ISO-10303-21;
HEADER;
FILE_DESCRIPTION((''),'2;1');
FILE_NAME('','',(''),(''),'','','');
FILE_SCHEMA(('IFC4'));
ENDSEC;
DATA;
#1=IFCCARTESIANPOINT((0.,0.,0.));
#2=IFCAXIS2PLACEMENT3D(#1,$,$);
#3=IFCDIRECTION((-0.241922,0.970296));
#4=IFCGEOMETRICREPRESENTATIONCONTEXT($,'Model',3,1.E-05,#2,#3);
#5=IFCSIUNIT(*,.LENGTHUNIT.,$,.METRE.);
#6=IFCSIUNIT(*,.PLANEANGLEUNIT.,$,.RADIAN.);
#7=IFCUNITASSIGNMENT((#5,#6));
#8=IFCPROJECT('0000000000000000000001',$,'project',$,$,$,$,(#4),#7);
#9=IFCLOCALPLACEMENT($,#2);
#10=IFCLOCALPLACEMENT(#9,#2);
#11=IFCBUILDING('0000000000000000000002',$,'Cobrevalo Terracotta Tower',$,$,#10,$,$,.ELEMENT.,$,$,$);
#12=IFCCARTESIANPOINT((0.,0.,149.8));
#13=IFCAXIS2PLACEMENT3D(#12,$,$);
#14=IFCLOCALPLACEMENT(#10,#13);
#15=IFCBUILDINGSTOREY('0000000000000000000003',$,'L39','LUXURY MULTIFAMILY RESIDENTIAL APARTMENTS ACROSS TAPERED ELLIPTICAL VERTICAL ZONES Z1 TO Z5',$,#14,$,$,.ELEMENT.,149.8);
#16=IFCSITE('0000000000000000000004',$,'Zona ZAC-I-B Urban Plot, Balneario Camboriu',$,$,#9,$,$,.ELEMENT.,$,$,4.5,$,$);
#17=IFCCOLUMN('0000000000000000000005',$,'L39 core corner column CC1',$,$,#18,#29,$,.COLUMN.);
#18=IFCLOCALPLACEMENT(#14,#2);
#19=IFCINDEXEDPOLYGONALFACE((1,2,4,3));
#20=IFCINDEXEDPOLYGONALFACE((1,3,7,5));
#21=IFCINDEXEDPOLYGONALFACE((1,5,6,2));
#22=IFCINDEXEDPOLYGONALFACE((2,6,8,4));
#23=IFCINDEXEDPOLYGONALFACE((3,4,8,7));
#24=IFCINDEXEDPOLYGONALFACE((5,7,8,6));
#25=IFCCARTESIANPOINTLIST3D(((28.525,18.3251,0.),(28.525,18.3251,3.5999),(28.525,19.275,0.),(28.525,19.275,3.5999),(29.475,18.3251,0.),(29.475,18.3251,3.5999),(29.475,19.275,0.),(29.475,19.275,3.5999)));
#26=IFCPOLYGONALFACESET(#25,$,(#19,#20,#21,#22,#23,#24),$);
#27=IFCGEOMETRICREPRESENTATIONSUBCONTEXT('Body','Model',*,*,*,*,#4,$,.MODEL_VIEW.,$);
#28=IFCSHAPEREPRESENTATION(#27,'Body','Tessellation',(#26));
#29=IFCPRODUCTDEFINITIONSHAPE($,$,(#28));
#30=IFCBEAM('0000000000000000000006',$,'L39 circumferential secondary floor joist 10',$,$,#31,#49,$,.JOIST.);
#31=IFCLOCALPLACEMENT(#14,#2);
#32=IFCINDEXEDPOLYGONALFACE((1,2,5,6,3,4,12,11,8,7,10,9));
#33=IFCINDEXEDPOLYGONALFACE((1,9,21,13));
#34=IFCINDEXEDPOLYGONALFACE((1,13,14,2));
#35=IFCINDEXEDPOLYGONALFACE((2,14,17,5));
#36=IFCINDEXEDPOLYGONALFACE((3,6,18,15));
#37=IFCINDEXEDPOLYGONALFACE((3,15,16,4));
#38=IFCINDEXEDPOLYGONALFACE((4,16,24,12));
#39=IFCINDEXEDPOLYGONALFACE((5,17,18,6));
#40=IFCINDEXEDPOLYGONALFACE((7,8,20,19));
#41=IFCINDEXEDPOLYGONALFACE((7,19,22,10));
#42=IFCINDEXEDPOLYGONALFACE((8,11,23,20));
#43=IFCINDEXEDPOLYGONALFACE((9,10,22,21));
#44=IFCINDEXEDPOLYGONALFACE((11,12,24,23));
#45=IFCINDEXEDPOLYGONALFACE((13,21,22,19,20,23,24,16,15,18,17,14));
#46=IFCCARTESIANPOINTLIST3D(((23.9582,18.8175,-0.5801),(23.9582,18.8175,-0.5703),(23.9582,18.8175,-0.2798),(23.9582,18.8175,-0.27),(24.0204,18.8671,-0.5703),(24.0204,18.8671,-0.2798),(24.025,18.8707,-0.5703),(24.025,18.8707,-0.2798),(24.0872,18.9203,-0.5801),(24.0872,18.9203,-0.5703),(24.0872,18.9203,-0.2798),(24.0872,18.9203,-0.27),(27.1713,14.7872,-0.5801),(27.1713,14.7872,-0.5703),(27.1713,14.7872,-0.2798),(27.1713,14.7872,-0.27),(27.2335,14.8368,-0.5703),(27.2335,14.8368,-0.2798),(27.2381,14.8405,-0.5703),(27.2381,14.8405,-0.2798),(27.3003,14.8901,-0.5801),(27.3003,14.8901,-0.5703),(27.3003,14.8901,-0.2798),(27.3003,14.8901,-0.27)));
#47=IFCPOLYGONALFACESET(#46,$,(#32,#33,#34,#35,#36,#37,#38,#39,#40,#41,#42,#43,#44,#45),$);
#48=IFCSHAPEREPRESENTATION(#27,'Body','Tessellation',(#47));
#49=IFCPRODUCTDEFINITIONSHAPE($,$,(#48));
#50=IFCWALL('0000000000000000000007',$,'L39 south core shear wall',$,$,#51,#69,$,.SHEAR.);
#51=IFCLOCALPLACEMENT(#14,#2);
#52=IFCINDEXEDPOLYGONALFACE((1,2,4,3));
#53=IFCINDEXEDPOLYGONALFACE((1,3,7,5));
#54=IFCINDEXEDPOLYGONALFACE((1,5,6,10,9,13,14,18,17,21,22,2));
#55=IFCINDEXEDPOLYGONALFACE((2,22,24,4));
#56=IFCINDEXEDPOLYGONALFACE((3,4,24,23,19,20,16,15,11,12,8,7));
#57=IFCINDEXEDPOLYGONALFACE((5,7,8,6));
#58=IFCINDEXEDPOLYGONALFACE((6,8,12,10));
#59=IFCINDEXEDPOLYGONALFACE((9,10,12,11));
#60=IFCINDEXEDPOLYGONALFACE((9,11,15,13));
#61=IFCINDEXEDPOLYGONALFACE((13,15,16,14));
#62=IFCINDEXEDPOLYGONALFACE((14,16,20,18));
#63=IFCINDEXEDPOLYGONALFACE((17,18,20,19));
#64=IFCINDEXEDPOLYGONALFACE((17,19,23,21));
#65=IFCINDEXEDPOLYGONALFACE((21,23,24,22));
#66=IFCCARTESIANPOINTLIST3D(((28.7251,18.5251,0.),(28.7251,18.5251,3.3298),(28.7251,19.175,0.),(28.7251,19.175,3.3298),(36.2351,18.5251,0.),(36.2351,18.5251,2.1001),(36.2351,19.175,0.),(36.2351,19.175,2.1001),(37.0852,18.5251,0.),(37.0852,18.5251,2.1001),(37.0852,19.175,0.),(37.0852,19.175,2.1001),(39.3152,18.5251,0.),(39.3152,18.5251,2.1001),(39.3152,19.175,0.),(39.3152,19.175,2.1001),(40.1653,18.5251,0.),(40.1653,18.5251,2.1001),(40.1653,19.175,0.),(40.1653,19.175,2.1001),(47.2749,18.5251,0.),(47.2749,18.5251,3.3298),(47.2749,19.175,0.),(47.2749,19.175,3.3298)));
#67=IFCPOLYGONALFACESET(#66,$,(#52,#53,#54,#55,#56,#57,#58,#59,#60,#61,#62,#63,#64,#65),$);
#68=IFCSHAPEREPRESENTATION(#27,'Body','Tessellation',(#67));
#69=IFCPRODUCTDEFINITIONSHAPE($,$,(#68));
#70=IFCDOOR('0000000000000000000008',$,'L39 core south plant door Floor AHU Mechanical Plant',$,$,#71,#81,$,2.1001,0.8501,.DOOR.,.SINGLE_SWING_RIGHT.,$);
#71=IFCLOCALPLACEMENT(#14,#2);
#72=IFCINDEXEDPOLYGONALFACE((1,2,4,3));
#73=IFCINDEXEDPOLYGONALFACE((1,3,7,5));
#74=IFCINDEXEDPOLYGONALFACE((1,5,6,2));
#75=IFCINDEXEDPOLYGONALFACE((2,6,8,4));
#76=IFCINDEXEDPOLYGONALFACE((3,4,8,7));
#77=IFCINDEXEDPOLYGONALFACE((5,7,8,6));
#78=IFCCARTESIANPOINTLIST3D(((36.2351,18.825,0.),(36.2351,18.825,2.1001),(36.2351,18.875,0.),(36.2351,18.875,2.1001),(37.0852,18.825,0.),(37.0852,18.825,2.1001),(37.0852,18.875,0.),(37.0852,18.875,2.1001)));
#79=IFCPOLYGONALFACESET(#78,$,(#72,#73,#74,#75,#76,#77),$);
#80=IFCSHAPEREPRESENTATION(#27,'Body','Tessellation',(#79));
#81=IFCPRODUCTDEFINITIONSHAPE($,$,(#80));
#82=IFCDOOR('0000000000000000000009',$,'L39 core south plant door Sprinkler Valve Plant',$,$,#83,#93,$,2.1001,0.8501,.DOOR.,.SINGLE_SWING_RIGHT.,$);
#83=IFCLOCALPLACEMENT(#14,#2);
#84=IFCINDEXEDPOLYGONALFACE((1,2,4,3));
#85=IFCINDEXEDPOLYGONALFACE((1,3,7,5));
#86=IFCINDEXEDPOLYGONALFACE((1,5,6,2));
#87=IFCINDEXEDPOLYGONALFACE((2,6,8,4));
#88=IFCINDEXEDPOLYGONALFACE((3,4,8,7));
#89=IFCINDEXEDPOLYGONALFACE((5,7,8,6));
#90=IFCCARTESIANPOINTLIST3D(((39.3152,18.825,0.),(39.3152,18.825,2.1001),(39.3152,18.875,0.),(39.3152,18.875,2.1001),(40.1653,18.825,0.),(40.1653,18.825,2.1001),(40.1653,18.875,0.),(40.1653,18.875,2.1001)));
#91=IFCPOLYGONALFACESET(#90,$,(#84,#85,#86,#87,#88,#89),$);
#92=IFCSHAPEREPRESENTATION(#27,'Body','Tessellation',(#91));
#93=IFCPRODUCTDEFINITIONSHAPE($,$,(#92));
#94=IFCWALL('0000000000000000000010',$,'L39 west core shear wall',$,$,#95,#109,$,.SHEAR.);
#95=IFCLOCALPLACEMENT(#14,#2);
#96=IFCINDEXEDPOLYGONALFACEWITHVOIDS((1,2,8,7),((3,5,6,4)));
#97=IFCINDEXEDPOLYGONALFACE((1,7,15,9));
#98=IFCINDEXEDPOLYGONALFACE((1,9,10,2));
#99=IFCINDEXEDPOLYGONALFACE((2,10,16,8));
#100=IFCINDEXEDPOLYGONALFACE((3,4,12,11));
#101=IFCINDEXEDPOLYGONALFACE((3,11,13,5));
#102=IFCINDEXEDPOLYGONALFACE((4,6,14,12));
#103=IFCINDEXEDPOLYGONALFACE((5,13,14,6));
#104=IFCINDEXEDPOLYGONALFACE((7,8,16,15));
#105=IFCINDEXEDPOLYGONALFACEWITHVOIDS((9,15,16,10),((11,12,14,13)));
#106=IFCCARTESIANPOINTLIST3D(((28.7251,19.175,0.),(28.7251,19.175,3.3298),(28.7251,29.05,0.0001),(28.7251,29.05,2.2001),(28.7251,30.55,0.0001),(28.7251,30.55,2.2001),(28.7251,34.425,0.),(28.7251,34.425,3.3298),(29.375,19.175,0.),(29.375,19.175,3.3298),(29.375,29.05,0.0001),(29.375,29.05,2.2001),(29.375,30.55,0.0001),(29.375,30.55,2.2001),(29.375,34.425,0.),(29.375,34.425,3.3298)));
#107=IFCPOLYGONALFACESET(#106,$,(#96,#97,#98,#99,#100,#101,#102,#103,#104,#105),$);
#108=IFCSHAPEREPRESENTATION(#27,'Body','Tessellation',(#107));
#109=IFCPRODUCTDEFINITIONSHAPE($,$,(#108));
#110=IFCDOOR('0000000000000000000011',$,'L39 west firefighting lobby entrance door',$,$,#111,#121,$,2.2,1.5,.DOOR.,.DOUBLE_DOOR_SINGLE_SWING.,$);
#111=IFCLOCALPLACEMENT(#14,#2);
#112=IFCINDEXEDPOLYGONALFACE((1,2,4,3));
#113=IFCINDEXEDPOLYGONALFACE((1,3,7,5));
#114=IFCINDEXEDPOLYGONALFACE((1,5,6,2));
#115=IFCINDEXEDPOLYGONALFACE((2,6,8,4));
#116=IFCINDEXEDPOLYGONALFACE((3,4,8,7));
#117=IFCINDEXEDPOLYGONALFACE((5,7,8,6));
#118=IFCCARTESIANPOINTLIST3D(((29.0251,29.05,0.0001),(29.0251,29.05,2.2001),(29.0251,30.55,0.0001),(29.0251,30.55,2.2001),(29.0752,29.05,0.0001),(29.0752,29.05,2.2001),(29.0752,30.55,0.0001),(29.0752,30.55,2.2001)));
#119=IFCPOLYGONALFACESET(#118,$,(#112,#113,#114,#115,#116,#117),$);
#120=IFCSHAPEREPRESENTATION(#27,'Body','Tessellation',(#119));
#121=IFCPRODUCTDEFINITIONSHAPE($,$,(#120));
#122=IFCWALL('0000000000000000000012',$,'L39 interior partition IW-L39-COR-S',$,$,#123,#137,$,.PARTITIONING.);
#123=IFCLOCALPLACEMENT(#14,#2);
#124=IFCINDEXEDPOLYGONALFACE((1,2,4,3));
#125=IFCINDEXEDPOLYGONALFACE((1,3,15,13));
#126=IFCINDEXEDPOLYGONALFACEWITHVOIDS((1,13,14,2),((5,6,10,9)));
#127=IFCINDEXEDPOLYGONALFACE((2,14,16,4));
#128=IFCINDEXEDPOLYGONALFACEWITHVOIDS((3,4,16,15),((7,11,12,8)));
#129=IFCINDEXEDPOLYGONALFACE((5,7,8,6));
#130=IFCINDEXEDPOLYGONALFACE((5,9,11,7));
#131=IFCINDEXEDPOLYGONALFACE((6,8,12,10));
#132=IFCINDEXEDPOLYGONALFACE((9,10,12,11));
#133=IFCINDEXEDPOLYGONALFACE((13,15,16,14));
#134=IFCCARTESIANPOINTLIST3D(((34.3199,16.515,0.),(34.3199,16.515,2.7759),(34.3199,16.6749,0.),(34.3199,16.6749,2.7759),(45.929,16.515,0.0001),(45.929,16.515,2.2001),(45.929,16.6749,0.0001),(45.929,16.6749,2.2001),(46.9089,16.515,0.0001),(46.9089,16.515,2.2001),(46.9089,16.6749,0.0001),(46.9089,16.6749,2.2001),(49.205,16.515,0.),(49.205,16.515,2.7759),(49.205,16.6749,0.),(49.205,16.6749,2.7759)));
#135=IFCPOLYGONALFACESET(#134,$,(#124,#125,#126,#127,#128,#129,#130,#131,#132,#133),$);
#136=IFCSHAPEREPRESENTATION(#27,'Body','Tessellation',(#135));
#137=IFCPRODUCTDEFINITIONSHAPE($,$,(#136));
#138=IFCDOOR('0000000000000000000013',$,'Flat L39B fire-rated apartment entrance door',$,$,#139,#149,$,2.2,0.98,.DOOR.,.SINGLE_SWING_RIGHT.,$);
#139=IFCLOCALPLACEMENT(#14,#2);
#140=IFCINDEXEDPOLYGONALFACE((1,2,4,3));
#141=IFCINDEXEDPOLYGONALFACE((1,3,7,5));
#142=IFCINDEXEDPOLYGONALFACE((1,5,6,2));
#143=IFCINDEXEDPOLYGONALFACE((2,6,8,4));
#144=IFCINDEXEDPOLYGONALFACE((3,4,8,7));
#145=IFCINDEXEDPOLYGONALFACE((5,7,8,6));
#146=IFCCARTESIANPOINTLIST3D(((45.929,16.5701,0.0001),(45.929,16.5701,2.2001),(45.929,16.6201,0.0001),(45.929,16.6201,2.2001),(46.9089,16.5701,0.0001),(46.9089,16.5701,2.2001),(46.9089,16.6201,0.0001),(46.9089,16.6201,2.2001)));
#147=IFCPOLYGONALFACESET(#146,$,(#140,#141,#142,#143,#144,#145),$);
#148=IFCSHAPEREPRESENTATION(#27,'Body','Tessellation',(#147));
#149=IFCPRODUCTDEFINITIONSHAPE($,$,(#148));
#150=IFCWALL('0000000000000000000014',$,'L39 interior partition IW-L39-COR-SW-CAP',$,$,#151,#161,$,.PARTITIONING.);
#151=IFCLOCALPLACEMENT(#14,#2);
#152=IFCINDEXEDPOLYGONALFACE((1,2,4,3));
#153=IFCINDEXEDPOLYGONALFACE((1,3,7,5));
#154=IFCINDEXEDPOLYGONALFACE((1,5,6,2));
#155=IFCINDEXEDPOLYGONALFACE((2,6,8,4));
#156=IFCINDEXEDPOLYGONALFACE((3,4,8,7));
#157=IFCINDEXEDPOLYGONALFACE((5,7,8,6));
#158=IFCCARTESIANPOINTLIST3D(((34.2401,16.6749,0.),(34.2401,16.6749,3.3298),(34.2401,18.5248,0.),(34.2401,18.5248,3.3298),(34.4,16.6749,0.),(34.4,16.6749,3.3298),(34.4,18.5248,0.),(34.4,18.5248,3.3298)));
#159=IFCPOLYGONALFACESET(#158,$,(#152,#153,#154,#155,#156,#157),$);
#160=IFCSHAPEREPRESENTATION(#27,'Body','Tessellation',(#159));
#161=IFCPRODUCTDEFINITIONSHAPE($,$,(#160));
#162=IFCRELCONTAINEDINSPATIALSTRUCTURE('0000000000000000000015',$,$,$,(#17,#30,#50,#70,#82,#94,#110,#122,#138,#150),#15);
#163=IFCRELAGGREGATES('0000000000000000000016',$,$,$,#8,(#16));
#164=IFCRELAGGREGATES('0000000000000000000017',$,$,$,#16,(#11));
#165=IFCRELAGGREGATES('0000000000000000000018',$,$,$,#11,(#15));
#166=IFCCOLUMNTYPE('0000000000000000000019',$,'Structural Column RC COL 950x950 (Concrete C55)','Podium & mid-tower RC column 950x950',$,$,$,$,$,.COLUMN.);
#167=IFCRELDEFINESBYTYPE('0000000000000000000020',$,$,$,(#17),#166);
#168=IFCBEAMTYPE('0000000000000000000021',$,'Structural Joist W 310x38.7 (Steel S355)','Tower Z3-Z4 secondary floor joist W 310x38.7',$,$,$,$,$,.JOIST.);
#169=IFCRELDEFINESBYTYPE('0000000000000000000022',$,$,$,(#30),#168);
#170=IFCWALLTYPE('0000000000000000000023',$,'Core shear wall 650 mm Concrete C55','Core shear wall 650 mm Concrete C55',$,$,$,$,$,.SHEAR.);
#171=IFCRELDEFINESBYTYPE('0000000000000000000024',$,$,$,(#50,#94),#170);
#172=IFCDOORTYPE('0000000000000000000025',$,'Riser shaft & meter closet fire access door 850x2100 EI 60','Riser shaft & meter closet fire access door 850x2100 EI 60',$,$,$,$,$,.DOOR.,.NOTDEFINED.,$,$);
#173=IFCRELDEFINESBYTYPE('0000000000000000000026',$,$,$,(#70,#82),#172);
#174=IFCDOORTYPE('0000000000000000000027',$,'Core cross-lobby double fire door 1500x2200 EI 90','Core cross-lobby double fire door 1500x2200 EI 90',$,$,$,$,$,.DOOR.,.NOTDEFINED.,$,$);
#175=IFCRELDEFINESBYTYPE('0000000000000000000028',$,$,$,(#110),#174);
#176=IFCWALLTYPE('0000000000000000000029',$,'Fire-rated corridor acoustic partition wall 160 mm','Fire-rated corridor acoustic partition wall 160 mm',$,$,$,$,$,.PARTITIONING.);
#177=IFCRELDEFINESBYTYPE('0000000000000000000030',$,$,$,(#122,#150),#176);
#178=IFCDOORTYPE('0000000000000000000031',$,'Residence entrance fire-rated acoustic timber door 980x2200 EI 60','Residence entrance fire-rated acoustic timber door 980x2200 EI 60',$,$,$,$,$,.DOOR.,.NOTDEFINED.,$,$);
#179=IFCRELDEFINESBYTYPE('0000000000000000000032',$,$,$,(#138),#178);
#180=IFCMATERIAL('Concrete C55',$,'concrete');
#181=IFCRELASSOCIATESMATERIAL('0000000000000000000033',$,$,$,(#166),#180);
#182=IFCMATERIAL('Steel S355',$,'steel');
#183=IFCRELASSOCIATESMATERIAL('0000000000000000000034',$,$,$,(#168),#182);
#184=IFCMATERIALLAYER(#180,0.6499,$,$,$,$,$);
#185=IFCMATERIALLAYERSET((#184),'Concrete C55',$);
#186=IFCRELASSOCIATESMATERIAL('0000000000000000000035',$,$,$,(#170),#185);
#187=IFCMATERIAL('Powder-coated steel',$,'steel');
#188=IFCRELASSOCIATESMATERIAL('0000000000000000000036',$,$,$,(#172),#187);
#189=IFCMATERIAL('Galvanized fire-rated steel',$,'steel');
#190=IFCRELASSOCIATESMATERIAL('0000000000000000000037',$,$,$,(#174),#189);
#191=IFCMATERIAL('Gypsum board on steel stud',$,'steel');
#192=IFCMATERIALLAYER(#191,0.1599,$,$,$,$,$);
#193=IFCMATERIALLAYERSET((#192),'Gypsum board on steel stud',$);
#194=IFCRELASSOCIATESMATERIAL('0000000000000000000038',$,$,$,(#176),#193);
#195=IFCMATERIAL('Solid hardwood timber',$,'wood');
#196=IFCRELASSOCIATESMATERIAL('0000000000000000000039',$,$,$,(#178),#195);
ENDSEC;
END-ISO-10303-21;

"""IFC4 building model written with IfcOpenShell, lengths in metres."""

from ifc_helpers import new_model, si_unit, direction, frame, frame_2d, origin, origin_2d, place, context, subcontext, project, spatial, rectangle, i_section, extrude, source, transform, mapped, material, layer, layer_set, material_profile, profile_set, type_object, element, fill, save


model = new_model("IFC4")

# Units and contexts
model_context = context("Model", 3, precision=1e-05, world=origin(), true_north=direction((-0.241922, 0.970296)))
body_context = subcontext(model_context, "Body", "Model", "MODEL_VIEW")
ifc_project = project(units=[si_unit("LENGTHUNIT", "METRE"), si_unit("PLANEANGLEUNIT", "RADIAN")], contexts=[model_context])

# Site, building, storey
site_placement = place(None, origin())
site = spatial("IfcSite", under=ifc_project, at=site_placement, Name="Zona ZAC-I-B Urban Plot, Balneario Camboriu", CompositionType="ELEMENT", RefElevation=4.5)
building_placement = place(site_placement, origin())
building = spatial("IfcBuilding", under=site, at=building_placement, Name="Cobrevalo Terracotta Tower", CompositionType="ELEMENT")
storey_placement = place(building_placement, frame((0.0, 0.0, 149.8)))
storey = spatial("IfcBuildingStorey", under=building, at=storey_placement, Name="L39", Description="LUXURY MULTIFAMILY RESIDENTIAL APARTMENTS ACROSS TAPERED ELLIPTICAL VERTICAL ZONES Z1 TO Z5", CompositionType="ELEMENT", Elevation=149.8)

# Column
ifc_material_1 = material(Name="Concrete C55", Category="concrete")
ifc_material_profile_1 = material_profile(ifc_material_1, rectangle(XDim=0.95, YDim=0.95, at=origin_2d()), Name="RC COL 950x950")
ifc_profile_set_1 = profile_set([ifc_material_profile_1], Name="Concrete C55")
column_type = type_object("IfcColumnType", Name="Structural Column RC COL 950x950 (Concrete C55)", Description="Podium & mid-tower RC column 950x950", PredefinedType="COLUMN", material=ifc_profile_set_1)
column_placement = place(storey_placement, frame((29.0, 18.8, 0.0), z_axis=(0.0, 0.0, 1.0), x_axis=(1.0, 0.0, 0.0)))
element("IfcColumn", 1, at=column_placement, inside=storey, type_object=column_type, Name="L39 core corner column CC1", PredefinedType="COLUMN", context=body_context, shape_type="SweptSolid", body=[
    extrude(rectangle(XDim=0.95, YDim=0.95, at=origin_2d()), origin(), (0.0, 0.0, 1.0), 3.5999),
])

# Beam
ifc_material_2 = material(Name="Steel S355", Category="steel")
ifc_material_profile_2 = material_profile(ifc_material_2, i_section(OverallWidth=0.165, OverallDepth=0.3101, WebThickness=0.0059, FlangeThickness=0.0098, at=origin_2d()), Name="W 310x38.7")
ifc_profile_set_2 = profile_set([ifc_material_profile_2], Name="Steel S355")
beam_type = type_object("IfcBeamType", Name="Structural Joist W 310x38.7 (Steel S355)", Description="Tower Z3-Z4 secondary floor joist W 310x38.7", PredefinedType="JOIST", material=ifc_profile_set_2)
beam_placement = place(storey_placement, frame((24.0227, 18.8689, -0.425), z_axis=(0.623383, -0.781917, 0.0), x_axis=(0.781917, 0.623383, 0.0)))
element("IfcBeam", 2, at=beam_placement, inside=storey, type_object=beam_type, Name="L39 circumferential secondary floor joist 10", PredefinedType="JOIST", context=body_context, shape_type="SweptSolid", body=[
    extrude(i_section(OverallWidth=0.165, OverallDepth=0.3101, WebThickness=0.0059, FlangeThickness=0.0098, at=origin_2d()), origin(), (0.0, 0.0, 1.0), 5.1543),
])

# Wall, openings, doors
ifc_layer_1 = layer(ifc_material_1, 0.6499)
ifc_layer_set_1 = layer_set([ifc_layer_1], Name="Concrete C55")
wall_type_1 = type_object("IfcWallType", Name="Core shear wall 650 mm Concrete C55", Description="Core shear wall 650 mm Concrete C55", PredefinedType="SHEAR", material=ifc_layer_set_1)
wall_1_placement = place(storey_placement, frame((28.7251, 18.8501, 0.0), z_axis=(0.0, 0.0, 1.0), x_axis=(1.0, 0.0, 0.0)))
wall_1 = element("IfcWall", 3, at=wall_1_placement, inside=storey, type_object=wall_type_1, Name="L39 south core shear wall", PredefinedType="SHEAR", context=body_context, shape_type="SweptSolid", body=[
    extrude(rectangle(XDim=18.5498, YDim=0.6499, at=frame_2d((9.2749, 0.0))), origin(), (0.0, 0.0, 1.0), 3.3298),
])
opening_1_placement = place(wall_1_placement, frame((7.51, 0.0, 0.0)))
opening_1 = element("IfcOpeningElement", 4, at=opening_1_placement, cuts=wall_1, PredefinedType="OPENING", context=body_context, shape_type="SweptSolid", body=[
    extrude(rectangle(XDim=0.8501, YDim=2.1001, at=frame_2d((0.425, 1.05))), frame((0.0, 0.335, 0.0), z_axis=(0.0, -1.0, 0.0), x_axis=(1.0, 0.0, 0.0)), (0.0, 0.0, 1.0), 0.6699),
])
opening_2_placement = place(wall_1_placement, frame((10.5901, 0.0, 0.0)))
opening_2 = element("IfcOpeningElement", 5, at=opening_2_placement, cuts=wall_1, PredefinedType="OPENING", context=body_context, shape_type="SweptSolid", body=[
    extrude(rectangle(XDim=0.8501, YDim=2.1001, at=frame_2d((0.425, 1.05))), frame((0.0, 0.335, 0.0), z_axis=(0.0, -1.0, 0.0), x_axis=(1.0, 0.0, 0.0)), (0.0, 0.0, 1.0), 0.6699),
])
ifc_material_3 = material(Name="Powder-coated steel", Category="steel")
door_type_1 = type_object("IfcDoorType", Name="Riser shaft & meter closet fire access door 850x2100 EI 60", Description="Riser shaft & meter closet fire access door 850x2100 EI 60", OperationType="NOTDEFINED", PredefinedType="DOOR", material=ifc_material_3)
shared_shape_1 = source(origin(), body_context, "Body", "SweptSolid", [
    extrude(rectangle(XDim=0.8501, YDim=2.1001, at=frame_2d((0.425, 1.05))), frame((0.0, 0.0249, 0.0), z_axis=(0.0, -1.0, 0.0), x_axis=(1.0, 0.0, 0.0)), (0.0, 0.0, 1.0), 0.05),
])
door_1_placement = place(opening_1_placement, origin())
door_1 = element("IfcDoor", 6, at=door_1_placement, inside=storey, type_object=door_type_1, Name="L39 core south plant door Floor AHU Mechanical Plant", OperationType="SINGLE_SWING_RIGHT", OverallHeight=2.1001, OverallWidth=0.8501, PredefinedType="DOOR", context=body_context, shape_type="MappedRepresentation", body=[
    mapped(shared_shape_1, transform((0.0, 0.0, 0.0), scale=1.0)),
])
fill(opening_1, door_1)
door_2_placement = place(opening_2_placement, origin())
door_2 = element("IfcDoor", 7, at=door_2_placement, inside=storey, type_object=door_type_1, Name="L39 core south plant door Sprinkler Valve Plant", OperationType="SINGLE_SWING_RIGHT", OverallHeight=2.1001, OverallWidth=0.8501, PredefinedType="DOOR", context=body_context, shape_type="MappedRepresentation", body=[
    mapped(shared_shape_1, transform((0.0, 0.0, 0.0), scale=1.0)),
])
fill(opening_2, door_2)

# Walls, openings, doors
wall_2_placement = place(storey_placement, frame((29.05, 19.175, 0.0), z_axis=(0.0, 0.0, 1.0), x_axis=(0.0, 1.0, 0.0)))
wall_2 = element("IfcWall", 8, at=wall_2_placement, inside=storey, type_object=wall_type_1, Name="L39 west core shear wall", PredefinedType="SHEAR", context=body_context, shape_type="SweptSolid", body=[
    extrude(rectangle(XDim=15.25, YDim=0.6499, at=frame_2d((7.625, 0.0))), origin(), (0.0, 0.0, 1.0), 3.3298),
])
opening_3_placement = place(wall_2_placement, frame((9.875, 0.0, 0.0)))
opening_3 = element("IfcOpeningElement", 9, at=opening_3_placement, cuts=wall_2, PredefinedType="OPENING", context=body_context, shape_type="SweptSolid", body=[
    extrude(rectangle(XDim=1.5, YDim=2.2, at=frame_2d((0.75, 1.1001))), frame((0.0, 0.335, 0.0), z_axis=(0.0, -1.0, 0.0), x_axis=(1.0, 0.0, 0.0)), (0.0, 0.0, 1.0), 0.6699),
])
ifc_material_4 = material(Name="Galvanized fire-rated steel", Category="steel")
door_type_2 = type_object("IfcDoorType", Name="Core cross-lobby double fire door 1500x2200 EI 90", Description="Core cross-lobby double fire door 1500x2200 EI 90", OperationType="NOTDEFINED", PredefinedType="DOOR", material=ifc_material_4)
shared_shape_2 = source(origin(), body_context, "Body", "SweptSolid", [
    extrude(rectangle(XDim=1.5, YDim=2.2, at=frame_2d((0.75, 1.1001))), frame((0.0, 0.0249, 0.0), z_axis=(0.0, -1.0, 0.0), x_axis=(1.0, 0.0, 0.0)), (0.0, 0.0, 1.0), 0.05),
])
door_3_placement = place(opening_3_placement, origin())
door_3 = element("IfcDoor", 10, at=door_3_placement, inside=storey, type_object=door_type_2, Name="L39 west firefighting lobby entrance door", OperationType="DOUBLE_DOOR_SINGLE_SWING", OverallHeight=2.2, OverallWidth=1.5, PredefinedType="DOOR", context=body_context, shape_type="MappedRepresentation", body=[
    mapped(shared_shape_2, transform((0.0, 0.0, 0.0), scale=1.0)),
])
fill(opening_3, door_3)
ifc_material_5 = material(Name="Gypsum board on steel stud", Category="steel")
ifc_layer_2 = layer(ifc_material_5, 0.1599)
ifc_layer_set_2 = layer_set([ifc_layer_2], Name="Gypsum board on steel stud")
wall_type_2 = type_object("IfcWallType", Name="Fire-rated corridor acoustic partition wall 160 mm", Description="Fire-rated corridor acoustic partition wall 160 mm", PredefinedType="PARTITIONING", material=ifc_layer_set_2)
wall_3_placement = place(storey_placement, frame((34.3201, 16.595, 0.0), z_axis=(0.0, 0.0, 1.0), x_axis=(1.0, 0.0, 0.0)))
wall_3 = element("IfcWall", 11, at=wall_3_placement, inside=storey, type_object=wall_type_2, Name="L39 interior partition IW-L39-COR-S", PredefinedType="PARTITIONING", context=body_context, shape_type="SweptSolid", body=[
    extrude(rectangle(XDim=14.885, YDim=0.1599, at=frame_2d((7.4424, 0.0))), origin(), (0.0, 0.0, 1.0), 2.7759),
])
opening_4_placement = place(wall_3_placement, frame((11.6089, 0.0, 0.0)))
opening_4 = element("IfcOpeningElement", 12, at=opening_4_placement, cuts=wall_3, PredefinedType="OPENING", context=body_context, shape_type="SweptSolid", body=[
    extrude(rectangle(XDim=0.98, YDim=2.2, at=frame_2d((0.49, 1.1001))), frame((0.0, 0.0898, 0.0), z_axis=(0.0, -1.0, 0.0), x_axis=(1.0, 0.0, 0.0)), (0.0, 0.0, 1.0), 0.1799),
])
ifc_material_6 = material(Name="Solid hardwood timber", Category="wood")
door_type_3 = type_object("IfcDoorType", Name="Residence entrance fire-rated acoustic timber door 980x2200 EI 60", Description="Residence entrance fire-rated acoustic timber door 980x2200 EI 60", OperationType="NOTDEFINED", PredefinedType="DOOR", material=ifc_material_6)
shared_shape_3 = source(origin(), body_context, "Body", "SweptSolid", [
    extrude(rectangle(XDim=0.98, YDim=2.2, at=frame_2d((0.49, 1.1001))), frame((0.0, 0.0249, 0.0), z_axis=(0.0, -1.0, 0.0), x_axis=(1.0, 0.0, 0.0)), (0.0, 0.0, 1.0), 0.05),
])
door_4_placement = place(opening_4_placement, frame((0.98, 0.0, 0.0), z_axis=(0.0, 0.0, 1.0), x_axis=(-1.0, 0.0, 0.0)))
door_4 = element("IfcDoor", 13, at=door_4_placement, inside=storey, type_object=door_type_3, Name="Flat L39B fire-rated apartment entrance door", OperationType="SINGLE_SWING_RIGHT", OverallHeight=2.2, OverallWidth=0.98, PredefinedType="DOOR", context=body_context, shape_type="MappedRepresentation", body=[
    mapped(shared_shape_3, transform((0.0, 0.0, 0.0), scale=1.0)),
])
fill(opening_4, door_4)

# Wall
wall_4_placement = place(storey_placement, frame((34.3201, 16.675, 0.0), z_axis=(0.0, 0.0, 1.0), x_axis=(0.0, 1.0, 0.0)))
element("IfcWall", 14, at=wall_4_placement, inside=storey, type_object=wall_type_2, Name="L39 interior partition IW-L39-COR-SW-CAP", PredefinedType="PARTITIONING", context=body_context, shape_type="SweptSolid", body=[
    extrude(rectangle(XDim=1.8499, YDim=0.1599, at=frame_2d((0.9248, 0.0))), origin(), (0.0, 0.0, 1.0), 3.3298),
])

save(model, "model.ifc")
